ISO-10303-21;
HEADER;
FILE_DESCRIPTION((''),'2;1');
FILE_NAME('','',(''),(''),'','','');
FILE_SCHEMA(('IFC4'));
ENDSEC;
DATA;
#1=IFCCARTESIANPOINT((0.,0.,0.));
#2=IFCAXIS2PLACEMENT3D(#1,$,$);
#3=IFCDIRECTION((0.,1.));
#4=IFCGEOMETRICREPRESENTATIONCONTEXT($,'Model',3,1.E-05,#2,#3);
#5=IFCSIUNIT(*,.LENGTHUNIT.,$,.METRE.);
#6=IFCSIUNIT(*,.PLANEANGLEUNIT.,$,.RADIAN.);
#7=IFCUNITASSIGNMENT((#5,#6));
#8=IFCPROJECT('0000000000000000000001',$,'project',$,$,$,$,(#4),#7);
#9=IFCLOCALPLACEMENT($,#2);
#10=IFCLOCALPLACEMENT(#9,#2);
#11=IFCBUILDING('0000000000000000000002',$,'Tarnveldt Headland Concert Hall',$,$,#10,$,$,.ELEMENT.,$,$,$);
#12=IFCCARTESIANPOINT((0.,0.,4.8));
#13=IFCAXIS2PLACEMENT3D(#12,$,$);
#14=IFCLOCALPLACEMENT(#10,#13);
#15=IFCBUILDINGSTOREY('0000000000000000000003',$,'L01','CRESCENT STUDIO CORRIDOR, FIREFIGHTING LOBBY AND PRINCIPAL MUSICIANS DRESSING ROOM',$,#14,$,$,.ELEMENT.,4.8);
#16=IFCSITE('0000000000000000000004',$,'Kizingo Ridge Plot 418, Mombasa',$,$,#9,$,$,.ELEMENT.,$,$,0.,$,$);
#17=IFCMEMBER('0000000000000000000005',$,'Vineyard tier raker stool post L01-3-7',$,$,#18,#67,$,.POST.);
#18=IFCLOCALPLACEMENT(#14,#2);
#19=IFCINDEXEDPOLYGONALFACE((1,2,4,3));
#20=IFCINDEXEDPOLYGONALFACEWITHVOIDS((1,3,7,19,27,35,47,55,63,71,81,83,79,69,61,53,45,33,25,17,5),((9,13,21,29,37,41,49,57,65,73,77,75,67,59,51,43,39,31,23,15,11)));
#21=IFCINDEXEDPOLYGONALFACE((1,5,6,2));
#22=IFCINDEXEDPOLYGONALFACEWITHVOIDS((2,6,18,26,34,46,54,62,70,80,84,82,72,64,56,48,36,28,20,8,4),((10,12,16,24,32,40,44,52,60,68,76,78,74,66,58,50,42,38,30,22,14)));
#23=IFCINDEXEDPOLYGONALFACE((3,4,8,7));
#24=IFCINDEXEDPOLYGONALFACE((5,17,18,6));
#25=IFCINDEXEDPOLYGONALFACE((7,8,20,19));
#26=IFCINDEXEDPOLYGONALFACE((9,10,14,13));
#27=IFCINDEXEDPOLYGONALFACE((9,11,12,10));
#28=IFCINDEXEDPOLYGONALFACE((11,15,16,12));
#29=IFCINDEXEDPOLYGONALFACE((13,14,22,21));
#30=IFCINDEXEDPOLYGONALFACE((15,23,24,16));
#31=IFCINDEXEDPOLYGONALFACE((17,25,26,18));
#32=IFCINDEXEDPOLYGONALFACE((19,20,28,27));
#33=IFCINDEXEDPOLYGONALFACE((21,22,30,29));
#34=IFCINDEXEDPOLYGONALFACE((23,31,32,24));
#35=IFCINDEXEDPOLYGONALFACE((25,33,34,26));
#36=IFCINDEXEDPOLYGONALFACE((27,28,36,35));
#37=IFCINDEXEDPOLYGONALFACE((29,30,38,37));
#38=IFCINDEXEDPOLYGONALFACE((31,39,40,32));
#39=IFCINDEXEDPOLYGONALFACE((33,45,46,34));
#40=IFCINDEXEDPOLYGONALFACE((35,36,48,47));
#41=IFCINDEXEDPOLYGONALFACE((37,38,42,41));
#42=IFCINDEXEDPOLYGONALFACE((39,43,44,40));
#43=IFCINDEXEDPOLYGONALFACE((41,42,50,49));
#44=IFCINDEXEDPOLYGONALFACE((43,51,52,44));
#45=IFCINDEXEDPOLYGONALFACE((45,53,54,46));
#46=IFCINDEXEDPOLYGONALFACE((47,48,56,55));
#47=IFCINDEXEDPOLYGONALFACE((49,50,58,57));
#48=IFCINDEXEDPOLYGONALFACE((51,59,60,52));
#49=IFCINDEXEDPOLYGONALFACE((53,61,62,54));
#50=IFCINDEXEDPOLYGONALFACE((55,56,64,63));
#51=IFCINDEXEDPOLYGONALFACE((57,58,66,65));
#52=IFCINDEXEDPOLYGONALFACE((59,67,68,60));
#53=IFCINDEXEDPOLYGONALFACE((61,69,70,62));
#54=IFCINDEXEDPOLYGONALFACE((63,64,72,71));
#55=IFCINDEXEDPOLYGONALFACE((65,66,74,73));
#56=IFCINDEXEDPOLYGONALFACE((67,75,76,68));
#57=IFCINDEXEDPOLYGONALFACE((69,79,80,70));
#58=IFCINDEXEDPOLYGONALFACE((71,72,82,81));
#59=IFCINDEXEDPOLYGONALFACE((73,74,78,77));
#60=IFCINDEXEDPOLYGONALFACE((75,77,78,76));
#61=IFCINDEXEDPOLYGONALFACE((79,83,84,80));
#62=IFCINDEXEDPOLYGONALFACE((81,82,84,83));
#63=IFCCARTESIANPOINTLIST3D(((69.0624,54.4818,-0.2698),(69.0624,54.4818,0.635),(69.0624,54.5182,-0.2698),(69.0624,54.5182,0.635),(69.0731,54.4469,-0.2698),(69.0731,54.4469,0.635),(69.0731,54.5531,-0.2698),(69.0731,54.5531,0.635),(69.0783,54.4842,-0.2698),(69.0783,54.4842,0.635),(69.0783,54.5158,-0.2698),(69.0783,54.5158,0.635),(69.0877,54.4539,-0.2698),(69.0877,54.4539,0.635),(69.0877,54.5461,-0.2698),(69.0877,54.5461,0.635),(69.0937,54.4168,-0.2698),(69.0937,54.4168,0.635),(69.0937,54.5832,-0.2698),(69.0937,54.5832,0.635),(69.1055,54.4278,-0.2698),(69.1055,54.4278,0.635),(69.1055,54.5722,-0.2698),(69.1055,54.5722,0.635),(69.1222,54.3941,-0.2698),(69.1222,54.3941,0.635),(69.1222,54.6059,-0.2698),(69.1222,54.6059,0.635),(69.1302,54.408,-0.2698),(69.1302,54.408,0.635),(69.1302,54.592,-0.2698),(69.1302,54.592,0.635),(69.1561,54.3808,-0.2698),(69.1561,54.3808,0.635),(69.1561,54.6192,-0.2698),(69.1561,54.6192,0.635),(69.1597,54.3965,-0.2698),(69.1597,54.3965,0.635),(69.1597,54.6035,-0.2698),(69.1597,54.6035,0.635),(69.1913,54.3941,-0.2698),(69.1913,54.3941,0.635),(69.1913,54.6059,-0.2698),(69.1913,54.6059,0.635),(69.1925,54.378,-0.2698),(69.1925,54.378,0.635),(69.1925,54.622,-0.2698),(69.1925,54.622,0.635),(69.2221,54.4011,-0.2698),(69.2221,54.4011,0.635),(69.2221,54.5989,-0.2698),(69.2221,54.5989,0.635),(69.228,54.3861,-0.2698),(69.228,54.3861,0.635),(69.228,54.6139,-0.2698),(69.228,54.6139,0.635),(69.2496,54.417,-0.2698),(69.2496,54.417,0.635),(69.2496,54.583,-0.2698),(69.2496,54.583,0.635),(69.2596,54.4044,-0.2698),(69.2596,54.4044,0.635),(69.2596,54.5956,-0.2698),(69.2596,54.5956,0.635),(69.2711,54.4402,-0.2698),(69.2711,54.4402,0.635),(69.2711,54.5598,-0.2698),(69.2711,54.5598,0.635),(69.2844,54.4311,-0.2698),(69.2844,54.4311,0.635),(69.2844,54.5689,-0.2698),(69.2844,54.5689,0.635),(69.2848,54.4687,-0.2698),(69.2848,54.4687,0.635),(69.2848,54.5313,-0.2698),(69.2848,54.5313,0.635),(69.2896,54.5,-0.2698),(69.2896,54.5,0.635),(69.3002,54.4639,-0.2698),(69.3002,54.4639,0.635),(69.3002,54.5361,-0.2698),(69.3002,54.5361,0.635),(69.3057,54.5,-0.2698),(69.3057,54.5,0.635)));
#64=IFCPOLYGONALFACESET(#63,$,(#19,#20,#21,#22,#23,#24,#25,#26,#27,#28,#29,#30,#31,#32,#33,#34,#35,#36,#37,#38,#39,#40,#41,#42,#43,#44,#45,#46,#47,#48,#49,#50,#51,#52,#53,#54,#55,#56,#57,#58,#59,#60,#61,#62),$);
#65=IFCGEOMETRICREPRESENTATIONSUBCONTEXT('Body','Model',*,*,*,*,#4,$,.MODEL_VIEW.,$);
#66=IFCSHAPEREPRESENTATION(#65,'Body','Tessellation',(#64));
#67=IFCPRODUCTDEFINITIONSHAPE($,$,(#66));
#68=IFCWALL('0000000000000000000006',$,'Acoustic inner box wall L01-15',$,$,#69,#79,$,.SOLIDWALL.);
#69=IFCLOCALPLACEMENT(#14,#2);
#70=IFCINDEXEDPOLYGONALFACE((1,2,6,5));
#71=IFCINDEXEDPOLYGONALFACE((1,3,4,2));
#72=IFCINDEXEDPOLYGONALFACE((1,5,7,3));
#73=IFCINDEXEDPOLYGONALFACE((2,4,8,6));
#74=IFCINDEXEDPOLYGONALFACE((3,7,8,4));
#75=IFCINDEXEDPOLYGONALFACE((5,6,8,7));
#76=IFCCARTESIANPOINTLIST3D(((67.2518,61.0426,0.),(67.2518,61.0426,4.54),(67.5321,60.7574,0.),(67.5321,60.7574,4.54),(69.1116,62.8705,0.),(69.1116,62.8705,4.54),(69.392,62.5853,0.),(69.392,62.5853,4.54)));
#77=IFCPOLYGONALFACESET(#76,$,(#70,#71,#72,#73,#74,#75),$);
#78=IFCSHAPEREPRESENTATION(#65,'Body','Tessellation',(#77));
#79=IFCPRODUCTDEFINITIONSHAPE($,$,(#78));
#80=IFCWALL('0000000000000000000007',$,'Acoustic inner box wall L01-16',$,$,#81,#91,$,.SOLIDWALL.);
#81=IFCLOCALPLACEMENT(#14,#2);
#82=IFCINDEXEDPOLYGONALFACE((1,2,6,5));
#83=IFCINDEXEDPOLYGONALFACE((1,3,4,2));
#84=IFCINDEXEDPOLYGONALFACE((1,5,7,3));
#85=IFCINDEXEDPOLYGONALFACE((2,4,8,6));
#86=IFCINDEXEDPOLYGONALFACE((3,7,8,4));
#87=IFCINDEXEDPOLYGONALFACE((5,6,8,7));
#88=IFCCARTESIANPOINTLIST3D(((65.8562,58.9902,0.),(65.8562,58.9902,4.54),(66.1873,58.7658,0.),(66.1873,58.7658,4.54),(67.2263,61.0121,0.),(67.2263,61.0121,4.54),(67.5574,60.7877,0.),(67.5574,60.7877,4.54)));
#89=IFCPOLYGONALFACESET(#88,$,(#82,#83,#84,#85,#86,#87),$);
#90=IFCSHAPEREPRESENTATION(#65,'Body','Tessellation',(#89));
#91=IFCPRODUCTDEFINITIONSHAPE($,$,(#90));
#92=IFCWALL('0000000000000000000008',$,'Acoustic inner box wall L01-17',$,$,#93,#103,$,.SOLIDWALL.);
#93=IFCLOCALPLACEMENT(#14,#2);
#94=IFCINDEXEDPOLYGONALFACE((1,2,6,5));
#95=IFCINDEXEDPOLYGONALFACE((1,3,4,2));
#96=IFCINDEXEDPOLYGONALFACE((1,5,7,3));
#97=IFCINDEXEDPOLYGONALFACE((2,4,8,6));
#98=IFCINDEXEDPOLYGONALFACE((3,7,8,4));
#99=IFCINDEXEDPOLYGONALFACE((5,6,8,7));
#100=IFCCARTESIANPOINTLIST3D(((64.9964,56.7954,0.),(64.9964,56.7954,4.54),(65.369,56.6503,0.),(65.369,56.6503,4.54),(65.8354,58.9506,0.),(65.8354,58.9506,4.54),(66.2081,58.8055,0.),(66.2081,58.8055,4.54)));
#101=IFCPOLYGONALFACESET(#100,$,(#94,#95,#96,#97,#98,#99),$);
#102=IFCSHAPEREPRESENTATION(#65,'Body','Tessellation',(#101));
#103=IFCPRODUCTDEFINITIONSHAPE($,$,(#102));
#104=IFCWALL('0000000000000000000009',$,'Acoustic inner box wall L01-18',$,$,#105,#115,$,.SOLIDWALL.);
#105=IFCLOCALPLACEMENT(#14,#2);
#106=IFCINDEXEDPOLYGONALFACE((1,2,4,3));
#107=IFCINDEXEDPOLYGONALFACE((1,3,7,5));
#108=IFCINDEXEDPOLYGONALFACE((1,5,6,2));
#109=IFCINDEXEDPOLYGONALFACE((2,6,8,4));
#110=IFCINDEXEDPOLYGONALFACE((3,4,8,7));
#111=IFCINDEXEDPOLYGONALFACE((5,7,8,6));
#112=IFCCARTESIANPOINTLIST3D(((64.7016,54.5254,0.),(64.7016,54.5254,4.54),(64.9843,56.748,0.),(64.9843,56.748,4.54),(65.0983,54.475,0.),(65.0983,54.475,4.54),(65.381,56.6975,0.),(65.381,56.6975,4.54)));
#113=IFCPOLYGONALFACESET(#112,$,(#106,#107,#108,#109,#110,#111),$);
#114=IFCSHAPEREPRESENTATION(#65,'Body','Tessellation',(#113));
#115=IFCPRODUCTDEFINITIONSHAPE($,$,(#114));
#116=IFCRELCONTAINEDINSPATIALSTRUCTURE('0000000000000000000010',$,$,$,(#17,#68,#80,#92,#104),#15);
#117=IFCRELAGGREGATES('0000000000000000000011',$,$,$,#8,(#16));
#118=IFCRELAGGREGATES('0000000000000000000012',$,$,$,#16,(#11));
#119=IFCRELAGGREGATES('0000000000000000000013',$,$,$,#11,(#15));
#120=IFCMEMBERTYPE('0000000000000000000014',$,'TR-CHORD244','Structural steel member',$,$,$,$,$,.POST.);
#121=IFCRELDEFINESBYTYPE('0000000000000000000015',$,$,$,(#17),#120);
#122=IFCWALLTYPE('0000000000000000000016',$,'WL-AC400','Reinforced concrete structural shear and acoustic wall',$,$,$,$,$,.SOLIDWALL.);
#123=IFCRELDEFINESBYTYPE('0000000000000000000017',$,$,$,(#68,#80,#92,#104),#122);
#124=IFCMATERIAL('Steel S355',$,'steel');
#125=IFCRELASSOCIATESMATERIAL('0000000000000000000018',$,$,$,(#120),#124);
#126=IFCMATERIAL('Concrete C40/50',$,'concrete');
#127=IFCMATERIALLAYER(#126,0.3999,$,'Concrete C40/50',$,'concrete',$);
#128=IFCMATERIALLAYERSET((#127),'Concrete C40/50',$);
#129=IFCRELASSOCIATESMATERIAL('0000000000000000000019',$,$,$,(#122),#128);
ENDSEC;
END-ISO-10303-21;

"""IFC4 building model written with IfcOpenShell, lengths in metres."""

from ifc_helpers import new_model, si_unit, direction, frame, frame_2d, origin, origin_2d, place, context, subcontext, project, spatial, rectangle, hollow_circle, extrude, material, layer, layer_set, material_profile, profile_set, type_object, element, save


model = new_model("IFC4")

# Units and contexts
model_context = context("Model", 3, precision=1e-05, world=origin(), true_north=direction((0.0, 1.0)))
body_context = subcontext(model_context, "Body", "Model", "MODEL_VIEW")
ifc_project = project(units=[si_unit("LENGTHUNIT", "METRE"), si_unit("PLANEANGLEUNIT", "RADIAN")], contexts=[model_context])

# Site, building, storey
site_placement = place(None, origin())
site = spatial("IfcSite", under=ifc_project, at=site_placement, Name="Kizingo Ridge Plot 418, Mombasa", CompositionType="ELEMENT", RefElevation=0.0)
building_placement = place(site_placement, origin())
building = spatial("IfcBuilding", under=site, at=building_placement, Name="Tarnveldt Headland Concert Hall", CompositionType="ELEMENT")
storey_placement = place(building_placement, frame((0.0, 0.0, 4.8)))
storey = spatial("IfcBuildingStorey", under=building, at=storey_placement, Name="L01", Description="CRESCENT STUDIO CORRIDOR, FIREFIGHTING LOBBY AND PRINCIPAL MUSICIANS DRESSING ROOM", CompositionType="ELEMENT", Elevation=4.8)

# Shared definitions
ifc_material_1 = material(Name="Concrete C40/50", Category="concrete")

# Shared definitions
ifc_material_2 = material(Name="Steel S355", Category="steel")

# Member
ifc_material_profile_1 = material_profile(ifc_material_2, hollow_circle(Radius=0.1223, WallThickness=0.0161, at=origin_2d()), Name="CHS 244.5x16", Category="steel")
ifc_profile_set_1 = profile_set([ifc_material_profile_1], Name="Steel S355")
member_type = type_object("IfcMemberType", Name="TR-CHORD244", Description="Structural steel member", PredefinedType="POST", material=ifc_profile_set_1)
member_1_placement = place(storey_placement, frame((69.1833, 54.5, -0.2698), z_axis=(0.0, 0.0, 1.0), x_axis=(1.0, 0.0, 0.0)))
element("IfcMember", 1, at=member_1_placement, inside=storey, type_object=member_type, Name="Vineyard tier raker stool post L01-3-7", PredefinedType="POST", context=body_context, shape_type="SweptSolid", body=[
    extrude(hollow_circle(Radius=0.1223, WallThickness=0.0161, at=origin_2d()), origin(), (0.0, 0.0, 1.0), 0.9048),
])

# Walls
ifc_layer_1 = layer(ifc_material_1, 0.3999, Name="Concrete C40/50", Category="concrete")
ifc_layer_set_1 = layer_set([ifc_layer_1], Name="Concrete C40/50")
wall_type_1 = type_object("IfcWallType", Name="WL-AC400", Description="Reinforced concrete structural shear and acoustic wall", PredefinedType="SOLIDWALL", material=ifc_layer_set_1)
wall_1_placement = place(storey_placement, frame((69.2517, 62.7278, 0.0), z_axis=(0.0, 0.0, 1.0), x_axis=(-0.713212, -0.700948, 0.0)))
element("IfcWall", 2, at=wall_1_placement, inside=storey, type_object=wall_type_1, Name="Acoustic inner box wall L01-15", PredefinedType="SOLIDWALL", context=body_context, shape_type="SweptSolid", body=[
    extrude(rectangle(XDim=2.6077, YDim=0.3999, at=frame_2d((1.3037, 0.0))), origin(), (0.0, 0.0, 1.0), 4.54),
])
wall_2_placement = place(storey_placement, frame((67.3918, 60.8999, 0.0), z_axis=(0.0, 0.0, 1.0), x_axis=(-0.560959, -0.827844, 0.0)))
element("IfcWall", 3, at=wall_2_placement, inside=storey, type_object=wall_type_1, Name="Acoustic inner box wall L01-16", PredefinedType="SOLIDWALL", context=body_context, shape_type="SweptSolid", body=[
    extrude(rectangle(XDim=2.4424, YDim=0.3999, at=frame_2d((1.2212, 0.0))), origin(), (0.0, 0.0, 1.0), 4.54),
])
wall_3_placement = place(storey_placement, frame((66.0217, 58.8779, 0.0), z_axis=(0.0, 0.0, 1.0), x_axis=(-0.362803, -0.931866, 0.0)))
element("IfcWall", 4, at=wall_3_placement, inside=storey, type_object=wall_type_1, Name="Acoustic inner box wall L01-17", PredefinedType="SOLIDWALL", context=body_context, shape_type="SweptSolid", body=[
    extrude(rectangle(XDim=2.3127, YDim=0.3999, at=frame_2d((1.1562, 0.0))), origin(), (0.0, 0.0, 1.0), 4.54),
])
wall_4_placement = place(storey_placement, frame((65.1826, 56.7227, 0.0), z_axis=(0.0, 0.0, 1.0), x_axis=(-0.12618, -0.992007, 0.0)))
element("IfcWall", 5, at=wall_4_placement, inside=storey, type_object=wall_type_1, Name="Acoustic inner box wall L01-18", PredefinedType="SOLIDWALL", context=body_context, shape_type="SweptSolid", body=[
    extrude(rectangle(XDim=2.2405, YDim=0.3999, at=frame_2d((1.1201, 0.0))), origin(), (0.0, 0.0, 1.0), 4.54),
])

save(model, "model.ifc")
